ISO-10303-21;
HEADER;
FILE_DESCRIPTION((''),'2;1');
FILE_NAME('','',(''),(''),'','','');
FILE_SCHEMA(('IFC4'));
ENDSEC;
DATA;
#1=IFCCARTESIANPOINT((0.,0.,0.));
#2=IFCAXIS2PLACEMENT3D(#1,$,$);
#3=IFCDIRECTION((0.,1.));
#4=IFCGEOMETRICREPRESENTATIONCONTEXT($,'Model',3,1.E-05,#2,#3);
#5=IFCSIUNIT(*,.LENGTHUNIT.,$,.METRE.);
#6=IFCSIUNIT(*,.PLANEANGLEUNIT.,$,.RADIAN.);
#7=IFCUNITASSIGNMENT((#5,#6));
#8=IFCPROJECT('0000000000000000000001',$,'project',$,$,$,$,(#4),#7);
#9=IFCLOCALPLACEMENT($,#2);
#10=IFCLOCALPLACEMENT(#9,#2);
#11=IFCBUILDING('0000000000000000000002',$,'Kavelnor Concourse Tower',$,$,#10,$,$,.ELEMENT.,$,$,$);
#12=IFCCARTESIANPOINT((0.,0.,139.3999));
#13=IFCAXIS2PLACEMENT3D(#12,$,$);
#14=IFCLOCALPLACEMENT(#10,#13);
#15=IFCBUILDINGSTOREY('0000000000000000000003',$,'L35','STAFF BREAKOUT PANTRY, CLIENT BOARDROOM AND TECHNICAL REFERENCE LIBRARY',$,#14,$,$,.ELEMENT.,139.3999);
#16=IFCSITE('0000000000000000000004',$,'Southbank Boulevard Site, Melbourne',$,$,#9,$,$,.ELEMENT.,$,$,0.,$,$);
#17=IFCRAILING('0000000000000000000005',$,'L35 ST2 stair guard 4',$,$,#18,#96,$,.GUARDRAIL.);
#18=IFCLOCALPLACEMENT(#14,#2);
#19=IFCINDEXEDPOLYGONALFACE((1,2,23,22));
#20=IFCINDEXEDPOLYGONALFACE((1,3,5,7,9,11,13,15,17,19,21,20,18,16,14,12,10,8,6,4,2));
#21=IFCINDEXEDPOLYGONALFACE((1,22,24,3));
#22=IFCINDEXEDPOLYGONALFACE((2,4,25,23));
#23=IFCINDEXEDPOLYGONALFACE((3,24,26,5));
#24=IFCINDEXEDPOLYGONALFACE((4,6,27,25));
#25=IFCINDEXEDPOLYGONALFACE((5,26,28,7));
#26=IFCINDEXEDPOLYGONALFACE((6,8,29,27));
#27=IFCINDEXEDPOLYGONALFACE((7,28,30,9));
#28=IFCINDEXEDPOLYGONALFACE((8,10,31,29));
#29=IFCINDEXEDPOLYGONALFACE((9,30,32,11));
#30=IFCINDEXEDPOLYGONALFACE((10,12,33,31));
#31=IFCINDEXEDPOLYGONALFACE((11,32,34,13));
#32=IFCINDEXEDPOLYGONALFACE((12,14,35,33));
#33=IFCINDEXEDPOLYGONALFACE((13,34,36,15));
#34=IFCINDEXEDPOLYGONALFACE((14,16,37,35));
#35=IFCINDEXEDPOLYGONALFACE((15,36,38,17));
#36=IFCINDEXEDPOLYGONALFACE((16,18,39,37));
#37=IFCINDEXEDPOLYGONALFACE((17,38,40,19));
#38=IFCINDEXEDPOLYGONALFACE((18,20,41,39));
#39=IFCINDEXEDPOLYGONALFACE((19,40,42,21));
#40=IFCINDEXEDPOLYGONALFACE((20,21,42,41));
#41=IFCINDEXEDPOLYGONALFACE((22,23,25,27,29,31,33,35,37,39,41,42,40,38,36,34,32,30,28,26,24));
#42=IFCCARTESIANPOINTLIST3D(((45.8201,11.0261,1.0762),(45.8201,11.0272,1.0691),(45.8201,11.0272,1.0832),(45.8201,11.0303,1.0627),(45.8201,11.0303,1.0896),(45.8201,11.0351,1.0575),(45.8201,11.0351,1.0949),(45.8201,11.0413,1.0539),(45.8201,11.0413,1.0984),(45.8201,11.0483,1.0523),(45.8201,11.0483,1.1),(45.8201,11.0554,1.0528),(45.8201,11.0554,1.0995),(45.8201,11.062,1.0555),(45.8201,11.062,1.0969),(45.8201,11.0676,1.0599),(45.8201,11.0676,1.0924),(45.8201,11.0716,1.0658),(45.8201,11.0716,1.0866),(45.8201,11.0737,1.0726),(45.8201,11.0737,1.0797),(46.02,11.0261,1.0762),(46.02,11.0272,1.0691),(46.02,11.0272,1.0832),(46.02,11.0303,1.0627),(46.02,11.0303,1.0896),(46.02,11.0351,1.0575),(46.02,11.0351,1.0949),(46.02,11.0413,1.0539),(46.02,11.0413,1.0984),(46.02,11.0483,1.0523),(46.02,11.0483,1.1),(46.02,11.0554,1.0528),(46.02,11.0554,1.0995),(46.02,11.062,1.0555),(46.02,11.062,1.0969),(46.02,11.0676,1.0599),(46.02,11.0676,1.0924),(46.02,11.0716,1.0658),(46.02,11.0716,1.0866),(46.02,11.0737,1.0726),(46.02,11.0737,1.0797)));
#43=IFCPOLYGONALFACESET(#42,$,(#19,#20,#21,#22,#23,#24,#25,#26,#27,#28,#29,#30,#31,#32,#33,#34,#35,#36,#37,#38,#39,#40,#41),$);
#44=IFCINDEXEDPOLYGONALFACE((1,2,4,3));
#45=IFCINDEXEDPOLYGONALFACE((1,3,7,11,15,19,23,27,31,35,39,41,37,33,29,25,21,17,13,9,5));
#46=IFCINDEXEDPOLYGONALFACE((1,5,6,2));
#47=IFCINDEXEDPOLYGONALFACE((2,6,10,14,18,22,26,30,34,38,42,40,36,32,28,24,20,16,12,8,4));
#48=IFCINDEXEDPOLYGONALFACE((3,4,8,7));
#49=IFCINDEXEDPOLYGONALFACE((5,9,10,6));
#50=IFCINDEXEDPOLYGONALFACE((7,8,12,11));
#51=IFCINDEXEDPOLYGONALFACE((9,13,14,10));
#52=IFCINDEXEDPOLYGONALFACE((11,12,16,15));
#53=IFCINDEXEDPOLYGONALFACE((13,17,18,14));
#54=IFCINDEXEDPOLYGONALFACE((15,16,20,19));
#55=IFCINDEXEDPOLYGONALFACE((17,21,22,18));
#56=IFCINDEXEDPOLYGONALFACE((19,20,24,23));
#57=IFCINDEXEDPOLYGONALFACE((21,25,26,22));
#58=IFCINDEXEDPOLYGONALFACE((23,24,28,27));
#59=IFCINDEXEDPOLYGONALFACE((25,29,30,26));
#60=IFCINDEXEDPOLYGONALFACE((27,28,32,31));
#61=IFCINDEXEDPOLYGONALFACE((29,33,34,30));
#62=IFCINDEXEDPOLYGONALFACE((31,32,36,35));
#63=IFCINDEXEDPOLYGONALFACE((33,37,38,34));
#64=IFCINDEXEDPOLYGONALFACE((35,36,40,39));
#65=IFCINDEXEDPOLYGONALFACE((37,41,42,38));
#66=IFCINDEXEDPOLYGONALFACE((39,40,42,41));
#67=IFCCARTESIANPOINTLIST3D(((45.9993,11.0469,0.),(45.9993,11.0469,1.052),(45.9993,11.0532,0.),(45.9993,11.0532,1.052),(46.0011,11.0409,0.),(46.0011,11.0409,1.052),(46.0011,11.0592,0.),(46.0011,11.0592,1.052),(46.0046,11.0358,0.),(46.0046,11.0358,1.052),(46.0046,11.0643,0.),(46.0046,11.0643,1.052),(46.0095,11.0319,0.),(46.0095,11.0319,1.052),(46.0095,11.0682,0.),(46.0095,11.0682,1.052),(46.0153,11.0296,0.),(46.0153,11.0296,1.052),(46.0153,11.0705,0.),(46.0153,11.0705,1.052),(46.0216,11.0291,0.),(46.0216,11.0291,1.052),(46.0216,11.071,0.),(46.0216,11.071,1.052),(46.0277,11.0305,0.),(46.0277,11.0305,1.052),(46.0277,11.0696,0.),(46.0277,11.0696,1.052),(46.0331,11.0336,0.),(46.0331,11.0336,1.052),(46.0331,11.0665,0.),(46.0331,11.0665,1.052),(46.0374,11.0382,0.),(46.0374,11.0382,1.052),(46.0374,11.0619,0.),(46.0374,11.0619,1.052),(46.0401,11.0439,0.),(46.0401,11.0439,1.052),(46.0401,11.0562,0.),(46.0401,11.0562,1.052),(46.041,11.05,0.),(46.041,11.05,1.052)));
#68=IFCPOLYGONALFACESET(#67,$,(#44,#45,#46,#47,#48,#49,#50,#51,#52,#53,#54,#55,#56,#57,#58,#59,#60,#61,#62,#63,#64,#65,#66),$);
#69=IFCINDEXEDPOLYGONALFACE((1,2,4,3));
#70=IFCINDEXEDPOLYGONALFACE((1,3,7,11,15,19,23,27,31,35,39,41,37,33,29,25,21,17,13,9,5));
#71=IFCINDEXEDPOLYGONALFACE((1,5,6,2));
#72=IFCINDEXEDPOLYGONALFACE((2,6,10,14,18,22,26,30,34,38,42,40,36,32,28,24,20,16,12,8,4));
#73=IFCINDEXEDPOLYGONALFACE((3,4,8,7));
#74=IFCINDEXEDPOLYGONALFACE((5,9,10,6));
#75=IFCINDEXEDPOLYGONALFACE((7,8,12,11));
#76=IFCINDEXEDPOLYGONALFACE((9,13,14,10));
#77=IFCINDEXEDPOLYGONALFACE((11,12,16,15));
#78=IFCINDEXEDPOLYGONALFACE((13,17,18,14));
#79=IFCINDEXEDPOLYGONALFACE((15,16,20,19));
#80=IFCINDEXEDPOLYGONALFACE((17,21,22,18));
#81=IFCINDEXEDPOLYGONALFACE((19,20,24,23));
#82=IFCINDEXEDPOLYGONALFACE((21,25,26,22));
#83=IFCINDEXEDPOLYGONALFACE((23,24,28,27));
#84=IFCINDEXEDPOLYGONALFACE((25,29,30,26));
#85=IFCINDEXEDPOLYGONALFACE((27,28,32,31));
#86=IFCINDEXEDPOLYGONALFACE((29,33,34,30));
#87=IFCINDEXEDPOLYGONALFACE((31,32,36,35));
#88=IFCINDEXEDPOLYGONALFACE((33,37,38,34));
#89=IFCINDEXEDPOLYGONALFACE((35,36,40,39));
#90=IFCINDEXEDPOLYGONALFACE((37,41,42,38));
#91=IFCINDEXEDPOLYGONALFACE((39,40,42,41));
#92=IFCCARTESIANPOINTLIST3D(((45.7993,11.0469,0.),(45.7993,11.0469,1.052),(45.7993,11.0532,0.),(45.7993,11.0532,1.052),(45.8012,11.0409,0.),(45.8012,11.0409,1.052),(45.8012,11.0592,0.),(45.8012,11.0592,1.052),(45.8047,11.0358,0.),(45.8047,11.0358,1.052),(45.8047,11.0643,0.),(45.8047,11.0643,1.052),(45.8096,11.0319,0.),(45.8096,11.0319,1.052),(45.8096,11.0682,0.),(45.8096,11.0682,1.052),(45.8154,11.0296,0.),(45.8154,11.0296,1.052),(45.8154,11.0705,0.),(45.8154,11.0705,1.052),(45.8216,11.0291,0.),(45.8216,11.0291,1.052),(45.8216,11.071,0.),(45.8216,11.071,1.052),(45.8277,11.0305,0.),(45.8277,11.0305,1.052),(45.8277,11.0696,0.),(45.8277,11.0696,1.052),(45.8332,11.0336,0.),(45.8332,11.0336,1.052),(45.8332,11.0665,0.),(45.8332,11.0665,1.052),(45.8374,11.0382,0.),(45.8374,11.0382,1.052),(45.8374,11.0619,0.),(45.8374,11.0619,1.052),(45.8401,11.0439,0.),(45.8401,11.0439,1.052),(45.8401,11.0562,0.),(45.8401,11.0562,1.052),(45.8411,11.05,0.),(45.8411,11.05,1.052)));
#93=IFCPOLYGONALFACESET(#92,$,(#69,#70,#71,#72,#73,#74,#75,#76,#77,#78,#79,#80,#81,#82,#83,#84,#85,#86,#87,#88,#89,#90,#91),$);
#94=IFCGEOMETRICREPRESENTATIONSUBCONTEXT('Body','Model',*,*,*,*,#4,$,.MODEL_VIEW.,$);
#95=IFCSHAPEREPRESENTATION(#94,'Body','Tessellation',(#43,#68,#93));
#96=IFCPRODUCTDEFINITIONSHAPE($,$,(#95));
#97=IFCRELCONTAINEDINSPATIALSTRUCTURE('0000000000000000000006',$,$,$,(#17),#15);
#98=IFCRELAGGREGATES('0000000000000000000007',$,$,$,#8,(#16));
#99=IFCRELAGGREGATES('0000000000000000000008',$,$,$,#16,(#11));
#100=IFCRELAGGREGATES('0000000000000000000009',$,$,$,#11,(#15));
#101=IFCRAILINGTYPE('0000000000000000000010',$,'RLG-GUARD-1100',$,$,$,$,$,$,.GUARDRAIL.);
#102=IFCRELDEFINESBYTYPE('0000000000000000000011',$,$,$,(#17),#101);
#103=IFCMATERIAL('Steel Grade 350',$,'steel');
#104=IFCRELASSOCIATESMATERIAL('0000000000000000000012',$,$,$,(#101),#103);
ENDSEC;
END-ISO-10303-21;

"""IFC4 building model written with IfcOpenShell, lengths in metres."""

from ifc_helpers import new_model, si_unit, direction, frame, origin, origin_2d, place, context, subcontext, project, spatial, circle, extrude, material, type_object, element, save


model = new_model("IFC4")

# Units and contexts
model_context = context("Model", 3, precision=1e-05, world=origin(), true_north=direction((0.0, 1.0)))
body_context = subcontext(model_context, "Body", "Model", "MODEL_VIEW")
ifc_project = project(units=[si_unit("LENGTHUNIT", "METRE"), si_unit("PLANEANGLEUNIT", "RADIAN")], contexts=[model_context])

# Site, building, storey
site_placement = place(None, origin())
site = spatial("IfcSite", under=ifc_project, at=site_placement, Name="Southbank Boulevard Site, Melbourne", CompositionType="ELEMENT", RefElevation=0.0)
building_placement = place(site_placement, origin())
building = spatial("IfcBuilding", under=site, at=building_placement, Name="Kavelnor Concourse Tower", CompositionType="ELEMENT")
storey_placement = place(building_placement, frame((0.0, 0.0, 139.3999)))
storey = spatial("IfcBuildingStorey", under=building, at=storey_placement, Name="L35", Description="STAFF BREAKOUT PANTRY, CLIENT BOARDROOM AND TECHNICAL REFERENCE LIBRARY", CompositionType="ELEMENT", Elevation=139.3999)

# Shared definitions
ifc_material_1 = material(Name="Steel Grade 350", Category="steel")

# Railing
railing_type_1 = type_object("IfcRailingType", Name="RLG-GUARD-1100", PredefinedType="GUARDRAIL", material=ifc_material_1)
railing_1_placement = place(storey_placement, frame((46.02, 11.05, 0.0)))
element("IfcRailing", 1, at=railing_1_placement, inside=storey, type_object=railing_type_1, Name="L35 ST2 stair guard 4", PredefinedType="GUARDRAIL", context=body_context, shape_type="SweptSolid", body=[
    extrude(circle(Radius=0.0239, at=origin_2d()), frame((0.0, 0.0, 1.0762), z_axis=(-1.0, 0.0, 0.0), x_axis=(0.0, -1.0, 0.0)), (0.0, 0.0, 1.0), 0.2),
    extrude(circle(Radius=0.021, at=origin_2d()), origin(), (0.0, 0.0, 1.0), 1.052),
    extrude(circle(Radius=0.021, at=origin_2d()), frame((-0.2, 0.0, 0.0)), (0.0, 0.0, 1.0), 1.052),
])

save(model, "model.ifc")
